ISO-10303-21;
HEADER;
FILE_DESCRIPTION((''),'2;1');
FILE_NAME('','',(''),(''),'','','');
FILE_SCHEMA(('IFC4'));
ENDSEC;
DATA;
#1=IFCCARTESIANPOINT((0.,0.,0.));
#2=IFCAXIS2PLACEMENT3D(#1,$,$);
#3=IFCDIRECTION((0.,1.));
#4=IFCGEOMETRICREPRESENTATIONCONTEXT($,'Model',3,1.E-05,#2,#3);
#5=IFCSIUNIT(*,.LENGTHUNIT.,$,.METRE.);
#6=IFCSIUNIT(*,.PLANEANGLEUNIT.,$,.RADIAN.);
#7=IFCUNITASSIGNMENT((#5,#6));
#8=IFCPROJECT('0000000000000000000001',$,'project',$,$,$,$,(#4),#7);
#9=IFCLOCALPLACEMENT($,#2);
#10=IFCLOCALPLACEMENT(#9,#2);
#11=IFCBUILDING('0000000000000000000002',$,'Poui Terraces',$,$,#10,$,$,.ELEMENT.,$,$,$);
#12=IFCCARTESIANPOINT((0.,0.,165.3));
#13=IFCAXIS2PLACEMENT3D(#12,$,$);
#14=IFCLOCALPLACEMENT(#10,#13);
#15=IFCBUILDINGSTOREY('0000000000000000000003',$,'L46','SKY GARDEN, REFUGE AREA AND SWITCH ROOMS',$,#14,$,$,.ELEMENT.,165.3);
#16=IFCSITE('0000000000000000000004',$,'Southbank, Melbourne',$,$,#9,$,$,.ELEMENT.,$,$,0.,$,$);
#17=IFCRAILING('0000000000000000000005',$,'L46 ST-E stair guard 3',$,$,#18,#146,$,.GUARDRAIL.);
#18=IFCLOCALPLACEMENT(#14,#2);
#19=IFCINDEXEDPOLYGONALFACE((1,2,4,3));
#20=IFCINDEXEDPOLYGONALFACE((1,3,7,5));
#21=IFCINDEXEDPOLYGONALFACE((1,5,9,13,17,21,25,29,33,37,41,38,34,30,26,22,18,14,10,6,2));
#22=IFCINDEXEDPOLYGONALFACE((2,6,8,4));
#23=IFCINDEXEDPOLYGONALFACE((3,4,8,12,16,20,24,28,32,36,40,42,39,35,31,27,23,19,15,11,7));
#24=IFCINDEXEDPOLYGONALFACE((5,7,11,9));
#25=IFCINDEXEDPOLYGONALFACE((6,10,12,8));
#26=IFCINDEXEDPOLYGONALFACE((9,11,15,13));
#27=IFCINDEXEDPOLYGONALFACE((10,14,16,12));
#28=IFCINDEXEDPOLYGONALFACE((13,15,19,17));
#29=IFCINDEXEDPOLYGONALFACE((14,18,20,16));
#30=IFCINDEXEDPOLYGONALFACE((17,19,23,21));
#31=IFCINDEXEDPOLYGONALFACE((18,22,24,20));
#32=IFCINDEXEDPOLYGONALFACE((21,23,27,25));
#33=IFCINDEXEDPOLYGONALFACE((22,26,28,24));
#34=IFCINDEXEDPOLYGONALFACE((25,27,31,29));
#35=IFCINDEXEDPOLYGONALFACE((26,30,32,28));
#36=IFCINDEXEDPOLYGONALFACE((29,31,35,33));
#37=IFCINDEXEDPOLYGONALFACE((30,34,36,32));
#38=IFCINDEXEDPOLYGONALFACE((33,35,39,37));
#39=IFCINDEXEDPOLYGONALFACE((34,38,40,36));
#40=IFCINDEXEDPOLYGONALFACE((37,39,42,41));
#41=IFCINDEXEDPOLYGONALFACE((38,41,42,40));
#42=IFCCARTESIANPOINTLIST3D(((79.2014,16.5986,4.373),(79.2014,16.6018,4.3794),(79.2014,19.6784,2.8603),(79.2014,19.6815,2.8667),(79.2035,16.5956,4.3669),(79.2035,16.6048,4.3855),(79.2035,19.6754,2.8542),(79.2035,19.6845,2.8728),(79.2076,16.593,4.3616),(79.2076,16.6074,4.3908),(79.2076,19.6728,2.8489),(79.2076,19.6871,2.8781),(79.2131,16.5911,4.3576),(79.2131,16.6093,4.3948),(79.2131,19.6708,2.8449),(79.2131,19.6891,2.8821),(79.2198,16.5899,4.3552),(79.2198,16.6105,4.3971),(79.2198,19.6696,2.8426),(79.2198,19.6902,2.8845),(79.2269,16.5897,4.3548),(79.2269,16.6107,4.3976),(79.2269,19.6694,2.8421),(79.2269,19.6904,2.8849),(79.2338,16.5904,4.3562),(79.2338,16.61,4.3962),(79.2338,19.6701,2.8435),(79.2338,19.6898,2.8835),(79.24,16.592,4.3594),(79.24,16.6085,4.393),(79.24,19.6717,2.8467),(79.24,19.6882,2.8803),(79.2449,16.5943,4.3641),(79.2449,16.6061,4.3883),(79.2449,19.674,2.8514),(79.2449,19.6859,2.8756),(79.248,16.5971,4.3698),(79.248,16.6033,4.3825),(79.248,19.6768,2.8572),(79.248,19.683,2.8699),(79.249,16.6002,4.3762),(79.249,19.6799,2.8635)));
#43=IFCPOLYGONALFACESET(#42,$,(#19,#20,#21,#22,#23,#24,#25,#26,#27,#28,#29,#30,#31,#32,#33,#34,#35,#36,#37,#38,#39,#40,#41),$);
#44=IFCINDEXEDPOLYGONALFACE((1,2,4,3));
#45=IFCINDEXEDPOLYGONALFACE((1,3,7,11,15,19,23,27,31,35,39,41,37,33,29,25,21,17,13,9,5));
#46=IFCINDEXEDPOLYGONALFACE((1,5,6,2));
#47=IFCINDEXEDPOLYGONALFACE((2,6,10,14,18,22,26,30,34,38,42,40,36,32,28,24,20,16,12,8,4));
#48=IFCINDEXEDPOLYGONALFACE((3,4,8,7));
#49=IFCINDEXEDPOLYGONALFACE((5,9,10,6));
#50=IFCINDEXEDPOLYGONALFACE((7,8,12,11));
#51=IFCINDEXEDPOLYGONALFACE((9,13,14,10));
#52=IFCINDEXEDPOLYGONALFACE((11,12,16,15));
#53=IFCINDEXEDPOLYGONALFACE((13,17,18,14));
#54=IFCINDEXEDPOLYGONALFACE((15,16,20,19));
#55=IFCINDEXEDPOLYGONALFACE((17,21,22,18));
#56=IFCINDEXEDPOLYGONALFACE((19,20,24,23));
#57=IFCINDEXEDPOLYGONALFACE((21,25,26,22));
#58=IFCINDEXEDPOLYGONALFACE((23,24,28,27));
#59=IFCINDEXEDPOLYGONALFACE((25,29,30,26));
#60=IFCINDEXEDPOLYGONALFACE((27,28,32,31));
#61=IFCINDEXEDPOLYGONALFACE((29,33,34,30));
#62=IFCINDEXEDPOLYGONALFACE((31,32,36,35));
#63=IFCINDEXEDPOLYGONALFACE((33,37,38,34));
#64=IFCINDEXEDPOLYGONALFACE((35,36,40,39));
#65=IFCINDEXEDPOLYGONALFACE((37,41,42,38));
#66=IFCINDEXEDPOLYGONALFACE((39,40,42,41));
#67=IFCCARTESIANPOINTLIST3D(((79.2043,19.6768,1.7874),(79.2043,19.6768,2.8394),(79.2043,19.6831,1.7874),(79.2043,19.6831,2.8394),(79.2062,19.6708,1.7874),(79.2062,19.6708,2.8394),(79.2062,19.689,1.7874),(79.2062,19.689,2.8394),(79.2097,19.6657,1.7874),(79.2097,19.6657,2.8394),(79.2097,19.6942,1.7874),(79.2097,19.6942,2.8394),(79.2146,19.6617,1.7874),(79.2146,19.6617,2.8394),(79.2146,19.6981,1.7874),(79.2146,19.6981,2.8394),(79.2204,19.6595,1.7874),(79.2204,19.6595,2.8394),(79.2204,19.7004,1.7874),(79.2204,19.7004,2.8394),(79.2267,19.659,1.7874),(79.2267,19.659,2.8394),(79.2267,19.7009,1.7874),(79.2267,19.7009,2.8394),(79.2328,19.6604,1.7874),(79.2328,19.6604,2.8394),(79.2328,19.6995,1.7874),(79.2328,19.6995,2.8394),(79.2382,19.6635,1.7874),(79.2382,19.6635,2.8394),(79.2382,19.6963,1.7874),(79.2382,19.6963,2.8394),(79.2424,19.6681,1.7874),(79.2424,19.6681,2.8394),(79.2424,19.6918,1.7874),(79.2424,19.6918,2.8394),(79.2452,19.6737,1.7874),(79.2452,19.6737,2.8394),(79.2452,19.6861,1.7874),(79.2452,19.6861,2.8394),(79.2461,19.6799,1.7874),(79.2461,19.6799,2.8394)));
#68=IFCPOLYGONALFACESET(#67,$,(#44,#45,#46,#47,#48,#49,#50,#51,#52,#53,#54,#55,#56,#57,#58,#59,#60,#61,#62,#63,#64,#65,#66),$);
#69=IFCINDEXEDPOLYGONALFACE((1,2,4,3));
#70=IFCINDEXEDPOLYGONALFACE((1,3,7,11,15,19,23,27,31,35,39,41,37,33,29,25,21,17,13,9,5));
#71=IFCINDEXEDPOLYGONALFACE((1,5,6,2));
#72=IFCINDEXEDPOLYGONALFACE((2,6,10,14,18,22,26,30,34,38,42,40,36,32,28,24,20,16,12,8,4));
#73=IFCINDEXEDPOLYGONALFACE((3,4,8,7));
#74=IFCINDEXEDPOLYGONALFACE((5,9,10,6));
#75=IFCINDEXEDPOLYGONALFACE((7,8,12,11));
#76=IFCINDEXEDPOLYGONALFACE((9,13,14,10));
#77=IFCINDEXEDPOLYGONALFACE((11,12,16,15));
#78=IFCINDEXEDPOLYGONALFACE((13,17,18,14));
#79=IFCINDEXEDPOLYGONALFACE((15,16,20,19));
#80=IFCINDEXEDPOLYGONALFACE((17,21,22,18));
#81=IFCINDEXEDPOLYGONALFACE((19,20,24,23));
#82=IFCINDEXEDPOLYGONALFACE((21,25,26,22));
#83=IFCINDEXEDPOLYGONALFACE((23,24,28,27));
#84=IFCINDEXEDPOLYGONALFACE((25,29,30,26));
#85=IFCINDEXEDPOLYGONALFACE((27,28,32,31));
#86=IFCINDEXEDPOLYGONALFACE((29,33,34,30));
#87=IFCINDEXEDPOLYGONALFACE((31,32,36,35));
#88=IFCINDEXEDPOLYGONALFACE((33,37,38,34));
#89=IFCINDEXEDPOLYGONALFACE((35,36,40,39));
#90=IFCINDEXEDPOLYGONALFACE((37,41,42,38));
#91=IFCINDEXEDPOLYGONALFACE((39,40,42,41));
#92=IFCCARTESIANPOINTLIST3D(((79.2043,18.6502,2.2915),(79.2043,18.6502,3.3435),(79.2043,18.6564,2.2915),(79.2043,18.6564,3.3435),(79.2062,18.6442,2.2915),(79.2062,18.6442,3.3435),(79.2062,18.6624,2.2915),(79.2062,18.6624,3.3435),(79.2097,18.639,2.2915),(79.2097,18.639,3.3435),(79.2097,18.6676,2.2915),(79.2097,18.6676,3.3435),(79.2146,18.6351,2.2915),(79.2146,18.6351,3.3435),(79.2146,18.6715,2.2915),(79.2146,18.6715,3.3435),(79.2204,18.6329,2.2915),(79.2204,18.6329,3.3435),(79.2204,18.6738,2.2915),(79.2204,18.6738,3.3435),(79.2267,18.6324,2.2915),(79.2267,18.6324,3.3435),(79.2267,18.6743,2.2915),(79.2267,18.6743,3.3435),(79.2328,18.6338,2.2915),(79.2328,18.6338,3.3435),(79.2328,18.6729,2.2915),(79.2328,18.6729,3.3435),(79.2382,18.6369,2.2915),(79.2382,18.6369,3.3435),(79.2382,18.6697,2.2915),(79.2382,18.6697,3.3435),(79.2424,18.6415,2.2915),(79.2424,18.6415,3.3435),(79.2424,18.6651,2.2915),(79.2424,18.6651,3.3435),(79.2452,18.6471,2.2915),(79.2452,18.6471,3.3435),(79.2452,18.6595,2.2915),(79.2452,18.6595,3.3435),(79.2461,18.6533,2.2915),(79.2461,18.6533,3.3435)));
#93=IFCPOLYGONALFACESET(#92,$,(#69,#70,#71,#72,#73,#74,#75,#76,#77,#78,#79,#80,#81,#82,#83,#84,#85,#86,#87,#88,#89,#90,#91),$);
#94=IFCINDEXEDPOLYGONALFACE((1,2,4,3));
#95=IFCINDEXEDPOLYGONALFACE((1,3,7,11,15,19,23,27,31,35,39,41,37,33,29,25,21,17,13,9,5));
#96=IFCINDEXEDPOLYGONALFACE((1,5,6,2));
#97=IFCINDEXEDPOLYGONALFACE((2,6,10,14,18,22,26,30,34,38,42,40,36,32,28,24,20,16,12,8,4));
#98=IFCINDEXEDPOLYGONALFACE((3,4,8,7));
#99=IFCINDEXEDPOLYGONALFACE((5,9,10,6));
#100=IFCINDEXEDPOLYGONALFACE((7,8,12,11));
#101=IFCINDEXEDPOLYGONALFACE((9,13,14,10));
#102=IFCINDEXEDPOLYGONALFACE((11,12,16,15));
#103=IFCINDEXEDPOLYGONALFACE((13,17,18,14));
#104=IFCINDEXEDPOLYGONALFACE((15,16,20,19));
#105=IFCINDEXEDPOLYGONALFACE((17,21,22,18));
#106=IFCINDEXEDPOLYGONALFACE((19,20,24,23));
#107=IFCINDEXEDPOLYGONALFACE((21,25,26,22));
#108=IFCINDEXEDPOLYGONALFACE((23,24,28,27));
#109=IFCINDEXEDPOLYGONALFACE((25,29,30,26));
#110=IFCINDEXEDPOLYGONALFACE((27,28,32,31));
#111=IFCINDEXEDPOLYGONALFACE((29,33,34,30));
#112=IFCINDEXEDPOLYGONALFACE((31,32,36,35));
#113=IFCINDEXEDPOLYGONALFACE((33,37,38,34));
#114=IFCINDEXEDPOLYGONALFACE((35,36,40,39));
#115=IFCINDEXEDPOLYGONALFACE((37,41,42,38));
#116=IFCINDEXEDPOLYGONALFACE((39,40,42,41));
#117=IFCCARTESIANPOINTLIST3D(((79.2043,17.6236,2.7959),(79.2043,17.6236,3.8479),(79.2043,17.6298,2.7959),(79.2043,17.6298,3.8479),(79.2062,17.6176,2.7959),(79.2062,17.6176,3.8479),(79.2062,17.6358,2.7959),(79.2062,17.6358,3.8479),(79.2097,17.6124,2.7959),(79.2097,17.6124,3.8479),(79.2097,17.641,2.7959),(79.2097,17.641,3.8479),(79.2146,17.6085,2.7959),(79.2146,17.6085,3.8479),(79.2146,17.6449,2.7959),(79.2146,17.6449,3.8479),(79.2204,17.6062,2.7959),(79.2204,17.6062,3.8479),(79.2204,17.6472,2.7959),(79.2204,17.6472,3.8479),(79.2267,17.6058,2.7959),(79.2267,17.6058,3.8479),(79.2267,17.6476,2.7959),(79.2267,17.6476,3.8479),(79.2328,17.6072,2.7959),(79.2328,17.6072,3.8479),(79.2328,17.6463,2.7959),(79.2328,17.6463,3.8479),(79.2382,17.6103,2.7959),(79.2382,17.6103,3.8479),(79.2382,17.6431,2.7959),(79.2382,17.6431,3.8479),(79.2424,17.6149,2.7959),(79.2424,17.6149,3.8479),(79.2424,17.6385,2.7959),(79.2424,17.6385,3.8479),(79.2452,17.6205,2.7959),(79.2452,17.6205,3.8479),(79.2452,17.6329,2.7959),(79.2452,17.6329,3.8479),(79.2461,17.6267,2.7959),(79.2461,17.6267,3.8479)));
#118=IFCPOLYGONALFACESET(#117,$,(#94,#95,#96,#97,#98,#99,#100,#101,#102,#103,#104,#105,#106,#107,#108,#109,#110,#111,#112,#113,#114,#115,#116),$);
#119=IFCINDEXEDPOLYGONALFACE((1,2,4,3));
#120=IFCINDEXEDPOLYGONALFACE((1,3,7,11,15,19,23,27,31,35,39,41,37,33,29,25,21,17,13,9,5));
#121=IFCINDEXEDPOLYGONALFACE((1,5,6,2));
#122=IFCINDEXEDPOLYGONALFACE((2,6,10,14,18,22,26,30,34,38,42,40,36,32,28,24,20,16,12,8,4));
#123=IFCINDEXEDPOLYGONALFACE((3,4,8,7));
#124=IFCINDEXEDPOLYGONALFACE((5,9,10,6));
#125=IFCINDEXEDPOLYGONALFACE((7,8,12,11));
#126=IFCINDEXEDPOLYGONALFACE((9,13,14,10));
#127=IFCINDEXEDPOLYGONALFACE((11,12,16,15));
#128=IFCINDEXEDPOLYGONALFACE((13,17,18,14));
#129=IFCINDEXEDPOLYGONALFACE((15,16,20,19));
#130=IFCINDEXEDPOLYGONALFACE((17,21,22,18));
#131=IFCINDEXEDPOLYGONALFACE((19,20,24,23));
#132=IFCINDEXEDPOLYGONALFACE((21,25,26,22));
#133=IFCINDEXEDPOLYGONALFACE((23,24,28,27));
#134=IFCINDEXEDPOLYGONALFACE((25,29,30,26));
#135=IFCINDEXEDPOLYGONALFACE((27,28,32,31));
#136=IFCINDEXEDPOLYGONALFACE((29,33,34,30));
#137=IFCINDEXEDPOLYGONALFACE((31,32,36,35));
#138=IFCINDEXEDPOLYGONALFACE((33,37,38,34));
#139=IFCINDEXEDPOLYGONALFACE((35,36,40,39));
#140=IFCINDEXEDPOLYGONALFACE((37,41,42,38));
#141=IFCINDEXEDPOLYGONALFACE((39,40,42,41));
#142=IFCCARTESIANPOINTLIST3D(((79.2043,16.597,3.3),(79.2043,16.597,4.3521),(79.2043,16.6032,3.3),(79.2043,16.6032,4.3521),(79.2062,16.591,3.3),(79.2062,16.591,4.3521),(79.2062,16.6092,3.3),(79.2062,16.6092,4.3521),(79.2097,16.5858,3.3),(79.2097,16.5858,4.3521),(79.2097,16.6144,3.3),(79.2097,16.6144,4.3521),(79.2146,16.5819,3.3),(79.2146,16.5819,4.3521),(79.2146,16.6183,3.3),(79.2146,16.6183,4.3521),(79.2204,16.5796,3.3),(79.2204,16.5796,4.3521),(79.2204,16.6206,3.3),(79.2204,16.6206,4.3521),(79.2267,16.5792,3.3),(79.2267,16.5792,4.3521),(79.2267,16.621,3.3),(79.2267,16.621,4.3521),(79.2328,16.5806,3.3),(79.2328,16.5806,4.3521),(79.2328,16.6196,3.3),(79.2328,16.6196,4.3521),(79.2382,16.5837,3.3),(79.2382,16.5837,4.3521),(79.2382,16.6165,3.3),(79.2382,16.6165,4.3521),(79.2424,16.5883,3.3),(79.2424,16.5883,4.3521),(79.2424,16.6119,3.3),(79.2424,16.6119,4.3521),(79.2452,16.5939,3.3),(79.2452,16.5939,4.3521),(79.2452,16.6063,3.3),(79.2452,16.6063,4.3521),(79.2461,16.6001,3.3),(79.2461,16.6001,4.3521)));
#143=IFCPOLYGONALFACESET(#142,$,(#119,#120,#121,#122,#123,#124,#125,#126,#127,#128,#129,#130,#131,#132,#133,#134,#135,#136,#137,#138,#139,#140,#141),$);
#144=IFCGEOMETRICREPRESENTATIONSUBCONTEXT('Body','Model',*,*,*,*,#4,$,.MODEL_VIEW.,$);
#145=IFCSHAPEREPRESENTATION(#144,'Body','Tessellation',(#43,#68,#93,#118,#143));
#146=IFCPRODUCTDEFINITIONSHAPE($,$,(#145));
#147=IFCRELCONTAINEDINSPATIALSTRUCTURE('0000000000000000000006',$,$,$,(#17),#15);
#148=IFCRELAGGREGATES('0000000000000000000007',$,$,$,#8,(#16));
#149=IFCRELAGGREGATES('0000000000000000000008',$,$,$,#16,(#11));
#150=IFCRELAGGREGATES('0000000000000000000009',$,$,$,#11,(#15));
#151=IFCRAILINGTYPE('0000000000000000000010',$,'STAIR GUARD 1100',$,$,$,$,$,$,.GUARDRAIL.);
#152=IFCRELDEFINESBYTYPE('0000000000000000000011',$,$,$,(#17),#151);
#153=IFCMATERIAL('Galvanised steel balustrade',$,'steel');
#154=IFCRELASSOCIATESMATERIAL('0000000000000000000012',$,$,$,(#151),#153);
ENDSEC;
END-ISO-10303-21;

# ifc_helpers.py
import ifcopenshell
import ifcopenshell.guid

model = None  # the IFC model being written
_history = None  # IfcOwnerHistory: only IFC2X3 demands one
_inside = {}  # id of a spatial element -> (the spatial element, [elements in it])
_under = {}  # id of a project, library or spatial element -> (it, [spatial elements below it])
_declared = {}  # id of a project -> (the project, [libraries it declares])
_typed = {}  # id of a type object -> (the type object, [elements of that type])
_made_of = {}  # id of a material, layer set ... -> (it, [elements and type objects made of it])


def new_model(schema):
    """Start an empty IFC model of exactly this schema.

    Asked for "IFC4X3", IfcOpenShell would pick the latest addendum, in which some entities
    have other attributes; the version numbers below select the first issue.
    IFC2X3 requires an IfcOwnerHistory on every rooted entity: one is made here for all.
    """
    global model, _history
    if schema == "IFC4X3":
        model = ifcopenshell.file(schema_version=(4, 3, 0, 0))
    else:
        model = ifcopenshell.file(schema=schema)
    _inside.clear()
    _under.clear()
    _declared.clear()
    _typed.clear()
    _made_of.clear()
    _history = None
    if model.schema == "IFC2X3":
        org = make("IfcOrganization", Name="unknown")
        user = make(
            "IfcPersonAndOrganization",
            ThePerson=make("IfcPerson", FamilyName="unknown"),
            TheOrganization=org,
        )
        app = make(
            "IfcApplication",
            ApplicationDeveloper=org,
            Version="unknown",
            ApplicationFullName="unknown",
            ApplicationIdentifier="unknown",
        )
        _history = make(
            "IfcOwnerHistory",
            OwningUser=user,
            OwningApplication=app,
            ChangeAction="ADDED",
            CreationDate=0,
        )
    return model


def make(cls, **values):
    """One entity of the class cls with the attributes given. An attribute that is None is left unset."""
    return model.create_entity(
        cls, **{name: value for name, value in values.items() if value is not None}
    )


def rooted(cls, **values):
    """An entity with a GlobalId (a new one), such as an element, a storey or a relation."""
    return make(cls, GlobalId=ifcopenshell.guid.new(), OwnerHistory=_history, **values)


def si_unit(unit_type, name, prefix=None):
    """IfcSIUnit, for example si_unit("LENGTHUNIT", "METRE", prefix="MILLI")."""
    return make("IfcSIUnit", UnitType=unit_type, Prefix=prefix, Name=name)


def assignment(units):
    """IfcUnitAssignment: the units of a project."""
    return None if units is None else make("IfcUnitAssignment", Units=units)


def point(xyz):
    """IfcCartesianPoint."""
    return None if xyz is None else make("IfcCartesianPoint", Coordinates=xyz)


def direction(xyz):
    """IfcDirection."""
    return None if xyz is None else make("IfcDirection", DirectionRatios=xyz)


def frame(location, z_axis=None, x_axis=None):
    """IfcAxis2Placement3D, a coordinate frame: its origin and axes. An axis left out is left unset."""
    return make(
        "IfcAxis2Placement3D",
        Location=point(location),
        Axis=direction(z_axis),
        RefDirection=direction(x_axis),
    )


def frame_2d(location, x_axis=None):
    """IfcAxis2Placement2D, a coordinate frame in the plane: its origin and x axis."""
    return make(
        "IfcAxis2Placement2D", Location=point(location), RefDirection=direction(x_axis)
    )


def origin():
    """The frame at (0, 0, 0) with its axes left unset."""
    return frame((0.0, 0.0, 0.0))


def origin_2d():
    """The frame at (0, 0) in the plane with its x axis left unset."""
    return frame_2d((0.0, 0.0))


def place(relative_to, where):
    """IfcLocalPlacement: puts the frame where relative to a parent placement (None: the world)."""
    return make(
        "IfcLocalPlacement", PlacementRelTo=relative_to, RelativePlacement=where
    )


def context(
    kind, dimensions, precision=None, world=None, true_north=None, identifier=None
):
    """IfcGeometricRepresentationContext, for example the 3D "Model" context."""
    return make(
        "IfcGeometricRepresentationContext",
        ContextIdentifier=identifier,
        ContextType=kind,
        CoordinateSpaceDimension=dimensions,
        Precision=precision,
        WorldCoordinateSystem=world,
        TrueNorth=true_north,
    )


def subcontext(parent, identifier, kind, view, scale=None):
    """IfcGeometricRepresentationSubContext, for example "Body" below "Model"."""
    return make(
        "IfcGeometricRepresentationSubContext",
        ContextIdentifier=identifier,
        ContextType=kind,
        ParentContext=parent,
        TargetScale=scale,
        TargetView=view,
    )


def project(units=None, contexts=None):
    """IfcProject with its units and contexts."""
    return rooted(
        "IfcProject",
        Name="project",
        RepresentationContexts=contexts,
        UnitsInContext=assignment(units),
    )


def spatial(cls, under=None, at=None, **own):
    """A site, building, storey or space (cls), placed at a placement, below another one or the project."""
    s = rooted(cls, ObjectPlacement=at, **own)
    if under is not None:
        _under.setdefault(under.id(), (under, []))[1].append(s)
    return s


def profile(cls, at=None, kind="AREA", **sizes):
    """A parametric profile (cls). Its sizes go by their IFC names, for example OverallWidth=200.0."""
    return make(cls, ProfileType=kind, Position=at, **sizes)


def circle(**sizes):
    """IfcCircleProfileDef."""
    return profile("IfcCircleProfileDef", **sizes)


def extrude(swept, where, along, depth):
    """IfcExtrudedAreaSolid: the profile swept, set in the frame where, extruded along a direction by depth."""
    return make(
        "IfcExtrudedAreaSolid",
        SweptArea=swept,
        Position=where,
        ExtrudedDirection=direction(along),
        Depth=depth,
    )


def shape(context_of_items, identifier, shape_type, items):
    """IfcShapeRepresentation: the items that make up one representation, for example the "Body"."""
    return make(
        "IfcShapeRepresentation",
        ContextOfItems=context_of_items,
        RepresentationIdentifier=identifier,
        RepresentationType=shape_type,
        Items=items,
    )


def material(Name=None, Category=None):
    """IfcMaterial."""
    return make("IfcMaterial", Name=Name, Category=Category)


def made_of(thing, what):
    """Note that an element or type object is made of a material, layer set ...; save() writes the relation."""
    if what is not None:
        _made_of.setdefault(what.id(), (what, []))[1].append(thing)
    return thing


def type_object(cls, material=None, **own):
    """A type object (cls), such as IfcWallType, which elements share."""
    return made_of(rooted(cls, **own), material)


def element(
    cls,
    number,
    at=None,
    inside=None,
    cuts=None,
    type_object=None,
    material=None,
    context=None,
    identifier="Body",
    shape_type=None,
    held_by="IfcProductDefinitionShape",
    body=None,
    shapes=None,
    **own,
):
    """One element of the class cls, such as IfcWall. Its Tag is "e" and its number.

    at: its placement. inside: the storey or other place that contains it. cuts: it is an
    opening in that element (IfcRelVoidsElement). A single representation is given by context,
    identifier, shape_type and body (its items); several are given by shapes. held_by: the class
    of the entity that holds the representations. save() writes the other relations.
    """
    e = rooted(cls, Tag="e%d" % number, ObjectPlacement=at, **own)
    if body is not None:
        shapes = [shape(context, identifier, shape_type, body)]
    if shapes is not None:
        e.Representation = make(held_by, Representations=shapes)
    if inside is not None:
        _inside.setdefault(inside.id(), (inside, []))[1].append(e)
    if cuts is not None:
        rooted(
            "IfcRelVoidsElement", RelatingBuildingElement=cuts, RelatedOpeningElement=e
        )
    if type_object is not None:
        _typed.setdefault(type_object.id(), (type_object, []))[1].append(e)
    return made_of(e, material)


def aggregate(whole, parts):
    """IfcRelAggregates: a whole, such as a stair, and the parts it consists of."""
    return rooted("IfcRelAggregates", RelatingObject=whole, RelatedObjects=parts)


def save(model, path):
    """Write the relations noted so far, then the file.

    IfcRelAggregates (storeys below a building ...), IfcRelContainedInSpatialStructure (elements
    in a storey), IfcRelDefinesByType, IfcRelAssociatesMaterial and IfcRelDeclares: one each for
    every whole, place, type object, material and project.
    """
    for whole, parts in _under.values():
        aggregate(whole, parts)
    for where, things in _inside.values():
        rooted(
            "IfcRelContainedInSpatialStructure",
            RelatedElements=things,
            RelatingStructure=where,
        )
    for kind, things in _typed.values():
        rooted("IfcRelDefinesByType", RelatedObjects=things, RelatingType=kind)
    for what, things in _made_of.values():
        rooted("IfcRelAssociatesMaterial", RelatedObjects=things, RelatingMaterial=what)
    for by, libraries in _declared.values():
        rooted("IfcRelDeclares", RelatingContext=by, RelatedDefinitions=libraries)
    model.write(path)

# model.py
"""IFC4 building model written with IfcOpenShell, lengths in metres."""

from ifc_helpers import new_model, si_unit, direction, frame, origin, origin_2d, place, context, subcontext, project, spatial, circle, extrude, material, type_object, element, save


model = new_model("IFC4")

# Units and contexts
model_context = context("Model", 3, precision=1e-05, world=origin(), true_north=direction((0.0, 1.0)))
body_context = subcontext(model_context, "Body", "Model", "MODEL_VIEW")
ifc_project = project(units=[si_unit("LENGTHUNIT", "METRE"), si_unit("PLANEANGLEUNIT", "RADIAN")], contexts=[model_context])

# Site, building, storey
site_placement = place(None, origin())
site = spatial("IfcSite", under=ifc_project, at=site_placement, Name="Southbank, Melbourne", CompositionType="ELEMENT", RefElevation=0.0)
building_placement = place(site_placement, origin())
building = spatial("IfcBuilding", under=site, at=building_placement, Name="Poui Terraces", CompositionType="ELEMENT")
storey_placement = place(building_placement, frame((0.0, 0.0, 165.3)))
storey = spatial("IfcBuildingStorey", under=building, at=storey_placement, Name="L46", Description="SKY GARDEN, REFUGE AREA AND SWITCH ROOMS", CompositionType="ELEMENT", Elevation=165.3)

# Railing
ifc_material_1 = material(Name="Galvanised steel balustrade", Category="steel")
railing_type_1 = type_object("IfcRailingType", Name="STAIR GUARD 1100", PredefinedType="GUARDRAIL", material=ifc_material_1)
railing_1_placement = place(storey_placement, frame((79.2251, 19.6799, 1.7874)))
element("IfcRailing", 1, at=railing_1_placement, inside=storey, type_object=railing_type_1, Name="L46 ST-E stair guard 3", PredefinedType="GUARDRAIL", context=body_context, shape_type="SweptSolid", body=[
    extrude(circle(Radius=0.0239, at=origin_2d()), frame((0.0, 0.0, 1.0762), z_axis=(0.0, -0.897578, 0.440856), x_axis=(1.0, 0.0, 0.0)), (0.0, 0.0, 1.0), 3.4312),
    extrude(circle(Radius=0.021, at=origin_2d()), origin(), (0.0, 0.0, 1.0), 1.052),
    extrude(circle(Radius=0.021, at=origin_2d()), frame((0.0, -1.0266, 0.5042)), (0.0, 0.0, 1.0), 1.052),
    extrude(circle(Radius=0.021, at=origin_2d()), frame((0.0, -2.0532, 1.0085)), (0.0, 0.0, 1.0), 1.052),
    extrude(circle(Radius=0.021, at=origin_2d()), frame((0.0, -3.0798, 1.5127)), (0.0, 0.0, 1.0), 1.052),
])

save(model, "model.ifc")
